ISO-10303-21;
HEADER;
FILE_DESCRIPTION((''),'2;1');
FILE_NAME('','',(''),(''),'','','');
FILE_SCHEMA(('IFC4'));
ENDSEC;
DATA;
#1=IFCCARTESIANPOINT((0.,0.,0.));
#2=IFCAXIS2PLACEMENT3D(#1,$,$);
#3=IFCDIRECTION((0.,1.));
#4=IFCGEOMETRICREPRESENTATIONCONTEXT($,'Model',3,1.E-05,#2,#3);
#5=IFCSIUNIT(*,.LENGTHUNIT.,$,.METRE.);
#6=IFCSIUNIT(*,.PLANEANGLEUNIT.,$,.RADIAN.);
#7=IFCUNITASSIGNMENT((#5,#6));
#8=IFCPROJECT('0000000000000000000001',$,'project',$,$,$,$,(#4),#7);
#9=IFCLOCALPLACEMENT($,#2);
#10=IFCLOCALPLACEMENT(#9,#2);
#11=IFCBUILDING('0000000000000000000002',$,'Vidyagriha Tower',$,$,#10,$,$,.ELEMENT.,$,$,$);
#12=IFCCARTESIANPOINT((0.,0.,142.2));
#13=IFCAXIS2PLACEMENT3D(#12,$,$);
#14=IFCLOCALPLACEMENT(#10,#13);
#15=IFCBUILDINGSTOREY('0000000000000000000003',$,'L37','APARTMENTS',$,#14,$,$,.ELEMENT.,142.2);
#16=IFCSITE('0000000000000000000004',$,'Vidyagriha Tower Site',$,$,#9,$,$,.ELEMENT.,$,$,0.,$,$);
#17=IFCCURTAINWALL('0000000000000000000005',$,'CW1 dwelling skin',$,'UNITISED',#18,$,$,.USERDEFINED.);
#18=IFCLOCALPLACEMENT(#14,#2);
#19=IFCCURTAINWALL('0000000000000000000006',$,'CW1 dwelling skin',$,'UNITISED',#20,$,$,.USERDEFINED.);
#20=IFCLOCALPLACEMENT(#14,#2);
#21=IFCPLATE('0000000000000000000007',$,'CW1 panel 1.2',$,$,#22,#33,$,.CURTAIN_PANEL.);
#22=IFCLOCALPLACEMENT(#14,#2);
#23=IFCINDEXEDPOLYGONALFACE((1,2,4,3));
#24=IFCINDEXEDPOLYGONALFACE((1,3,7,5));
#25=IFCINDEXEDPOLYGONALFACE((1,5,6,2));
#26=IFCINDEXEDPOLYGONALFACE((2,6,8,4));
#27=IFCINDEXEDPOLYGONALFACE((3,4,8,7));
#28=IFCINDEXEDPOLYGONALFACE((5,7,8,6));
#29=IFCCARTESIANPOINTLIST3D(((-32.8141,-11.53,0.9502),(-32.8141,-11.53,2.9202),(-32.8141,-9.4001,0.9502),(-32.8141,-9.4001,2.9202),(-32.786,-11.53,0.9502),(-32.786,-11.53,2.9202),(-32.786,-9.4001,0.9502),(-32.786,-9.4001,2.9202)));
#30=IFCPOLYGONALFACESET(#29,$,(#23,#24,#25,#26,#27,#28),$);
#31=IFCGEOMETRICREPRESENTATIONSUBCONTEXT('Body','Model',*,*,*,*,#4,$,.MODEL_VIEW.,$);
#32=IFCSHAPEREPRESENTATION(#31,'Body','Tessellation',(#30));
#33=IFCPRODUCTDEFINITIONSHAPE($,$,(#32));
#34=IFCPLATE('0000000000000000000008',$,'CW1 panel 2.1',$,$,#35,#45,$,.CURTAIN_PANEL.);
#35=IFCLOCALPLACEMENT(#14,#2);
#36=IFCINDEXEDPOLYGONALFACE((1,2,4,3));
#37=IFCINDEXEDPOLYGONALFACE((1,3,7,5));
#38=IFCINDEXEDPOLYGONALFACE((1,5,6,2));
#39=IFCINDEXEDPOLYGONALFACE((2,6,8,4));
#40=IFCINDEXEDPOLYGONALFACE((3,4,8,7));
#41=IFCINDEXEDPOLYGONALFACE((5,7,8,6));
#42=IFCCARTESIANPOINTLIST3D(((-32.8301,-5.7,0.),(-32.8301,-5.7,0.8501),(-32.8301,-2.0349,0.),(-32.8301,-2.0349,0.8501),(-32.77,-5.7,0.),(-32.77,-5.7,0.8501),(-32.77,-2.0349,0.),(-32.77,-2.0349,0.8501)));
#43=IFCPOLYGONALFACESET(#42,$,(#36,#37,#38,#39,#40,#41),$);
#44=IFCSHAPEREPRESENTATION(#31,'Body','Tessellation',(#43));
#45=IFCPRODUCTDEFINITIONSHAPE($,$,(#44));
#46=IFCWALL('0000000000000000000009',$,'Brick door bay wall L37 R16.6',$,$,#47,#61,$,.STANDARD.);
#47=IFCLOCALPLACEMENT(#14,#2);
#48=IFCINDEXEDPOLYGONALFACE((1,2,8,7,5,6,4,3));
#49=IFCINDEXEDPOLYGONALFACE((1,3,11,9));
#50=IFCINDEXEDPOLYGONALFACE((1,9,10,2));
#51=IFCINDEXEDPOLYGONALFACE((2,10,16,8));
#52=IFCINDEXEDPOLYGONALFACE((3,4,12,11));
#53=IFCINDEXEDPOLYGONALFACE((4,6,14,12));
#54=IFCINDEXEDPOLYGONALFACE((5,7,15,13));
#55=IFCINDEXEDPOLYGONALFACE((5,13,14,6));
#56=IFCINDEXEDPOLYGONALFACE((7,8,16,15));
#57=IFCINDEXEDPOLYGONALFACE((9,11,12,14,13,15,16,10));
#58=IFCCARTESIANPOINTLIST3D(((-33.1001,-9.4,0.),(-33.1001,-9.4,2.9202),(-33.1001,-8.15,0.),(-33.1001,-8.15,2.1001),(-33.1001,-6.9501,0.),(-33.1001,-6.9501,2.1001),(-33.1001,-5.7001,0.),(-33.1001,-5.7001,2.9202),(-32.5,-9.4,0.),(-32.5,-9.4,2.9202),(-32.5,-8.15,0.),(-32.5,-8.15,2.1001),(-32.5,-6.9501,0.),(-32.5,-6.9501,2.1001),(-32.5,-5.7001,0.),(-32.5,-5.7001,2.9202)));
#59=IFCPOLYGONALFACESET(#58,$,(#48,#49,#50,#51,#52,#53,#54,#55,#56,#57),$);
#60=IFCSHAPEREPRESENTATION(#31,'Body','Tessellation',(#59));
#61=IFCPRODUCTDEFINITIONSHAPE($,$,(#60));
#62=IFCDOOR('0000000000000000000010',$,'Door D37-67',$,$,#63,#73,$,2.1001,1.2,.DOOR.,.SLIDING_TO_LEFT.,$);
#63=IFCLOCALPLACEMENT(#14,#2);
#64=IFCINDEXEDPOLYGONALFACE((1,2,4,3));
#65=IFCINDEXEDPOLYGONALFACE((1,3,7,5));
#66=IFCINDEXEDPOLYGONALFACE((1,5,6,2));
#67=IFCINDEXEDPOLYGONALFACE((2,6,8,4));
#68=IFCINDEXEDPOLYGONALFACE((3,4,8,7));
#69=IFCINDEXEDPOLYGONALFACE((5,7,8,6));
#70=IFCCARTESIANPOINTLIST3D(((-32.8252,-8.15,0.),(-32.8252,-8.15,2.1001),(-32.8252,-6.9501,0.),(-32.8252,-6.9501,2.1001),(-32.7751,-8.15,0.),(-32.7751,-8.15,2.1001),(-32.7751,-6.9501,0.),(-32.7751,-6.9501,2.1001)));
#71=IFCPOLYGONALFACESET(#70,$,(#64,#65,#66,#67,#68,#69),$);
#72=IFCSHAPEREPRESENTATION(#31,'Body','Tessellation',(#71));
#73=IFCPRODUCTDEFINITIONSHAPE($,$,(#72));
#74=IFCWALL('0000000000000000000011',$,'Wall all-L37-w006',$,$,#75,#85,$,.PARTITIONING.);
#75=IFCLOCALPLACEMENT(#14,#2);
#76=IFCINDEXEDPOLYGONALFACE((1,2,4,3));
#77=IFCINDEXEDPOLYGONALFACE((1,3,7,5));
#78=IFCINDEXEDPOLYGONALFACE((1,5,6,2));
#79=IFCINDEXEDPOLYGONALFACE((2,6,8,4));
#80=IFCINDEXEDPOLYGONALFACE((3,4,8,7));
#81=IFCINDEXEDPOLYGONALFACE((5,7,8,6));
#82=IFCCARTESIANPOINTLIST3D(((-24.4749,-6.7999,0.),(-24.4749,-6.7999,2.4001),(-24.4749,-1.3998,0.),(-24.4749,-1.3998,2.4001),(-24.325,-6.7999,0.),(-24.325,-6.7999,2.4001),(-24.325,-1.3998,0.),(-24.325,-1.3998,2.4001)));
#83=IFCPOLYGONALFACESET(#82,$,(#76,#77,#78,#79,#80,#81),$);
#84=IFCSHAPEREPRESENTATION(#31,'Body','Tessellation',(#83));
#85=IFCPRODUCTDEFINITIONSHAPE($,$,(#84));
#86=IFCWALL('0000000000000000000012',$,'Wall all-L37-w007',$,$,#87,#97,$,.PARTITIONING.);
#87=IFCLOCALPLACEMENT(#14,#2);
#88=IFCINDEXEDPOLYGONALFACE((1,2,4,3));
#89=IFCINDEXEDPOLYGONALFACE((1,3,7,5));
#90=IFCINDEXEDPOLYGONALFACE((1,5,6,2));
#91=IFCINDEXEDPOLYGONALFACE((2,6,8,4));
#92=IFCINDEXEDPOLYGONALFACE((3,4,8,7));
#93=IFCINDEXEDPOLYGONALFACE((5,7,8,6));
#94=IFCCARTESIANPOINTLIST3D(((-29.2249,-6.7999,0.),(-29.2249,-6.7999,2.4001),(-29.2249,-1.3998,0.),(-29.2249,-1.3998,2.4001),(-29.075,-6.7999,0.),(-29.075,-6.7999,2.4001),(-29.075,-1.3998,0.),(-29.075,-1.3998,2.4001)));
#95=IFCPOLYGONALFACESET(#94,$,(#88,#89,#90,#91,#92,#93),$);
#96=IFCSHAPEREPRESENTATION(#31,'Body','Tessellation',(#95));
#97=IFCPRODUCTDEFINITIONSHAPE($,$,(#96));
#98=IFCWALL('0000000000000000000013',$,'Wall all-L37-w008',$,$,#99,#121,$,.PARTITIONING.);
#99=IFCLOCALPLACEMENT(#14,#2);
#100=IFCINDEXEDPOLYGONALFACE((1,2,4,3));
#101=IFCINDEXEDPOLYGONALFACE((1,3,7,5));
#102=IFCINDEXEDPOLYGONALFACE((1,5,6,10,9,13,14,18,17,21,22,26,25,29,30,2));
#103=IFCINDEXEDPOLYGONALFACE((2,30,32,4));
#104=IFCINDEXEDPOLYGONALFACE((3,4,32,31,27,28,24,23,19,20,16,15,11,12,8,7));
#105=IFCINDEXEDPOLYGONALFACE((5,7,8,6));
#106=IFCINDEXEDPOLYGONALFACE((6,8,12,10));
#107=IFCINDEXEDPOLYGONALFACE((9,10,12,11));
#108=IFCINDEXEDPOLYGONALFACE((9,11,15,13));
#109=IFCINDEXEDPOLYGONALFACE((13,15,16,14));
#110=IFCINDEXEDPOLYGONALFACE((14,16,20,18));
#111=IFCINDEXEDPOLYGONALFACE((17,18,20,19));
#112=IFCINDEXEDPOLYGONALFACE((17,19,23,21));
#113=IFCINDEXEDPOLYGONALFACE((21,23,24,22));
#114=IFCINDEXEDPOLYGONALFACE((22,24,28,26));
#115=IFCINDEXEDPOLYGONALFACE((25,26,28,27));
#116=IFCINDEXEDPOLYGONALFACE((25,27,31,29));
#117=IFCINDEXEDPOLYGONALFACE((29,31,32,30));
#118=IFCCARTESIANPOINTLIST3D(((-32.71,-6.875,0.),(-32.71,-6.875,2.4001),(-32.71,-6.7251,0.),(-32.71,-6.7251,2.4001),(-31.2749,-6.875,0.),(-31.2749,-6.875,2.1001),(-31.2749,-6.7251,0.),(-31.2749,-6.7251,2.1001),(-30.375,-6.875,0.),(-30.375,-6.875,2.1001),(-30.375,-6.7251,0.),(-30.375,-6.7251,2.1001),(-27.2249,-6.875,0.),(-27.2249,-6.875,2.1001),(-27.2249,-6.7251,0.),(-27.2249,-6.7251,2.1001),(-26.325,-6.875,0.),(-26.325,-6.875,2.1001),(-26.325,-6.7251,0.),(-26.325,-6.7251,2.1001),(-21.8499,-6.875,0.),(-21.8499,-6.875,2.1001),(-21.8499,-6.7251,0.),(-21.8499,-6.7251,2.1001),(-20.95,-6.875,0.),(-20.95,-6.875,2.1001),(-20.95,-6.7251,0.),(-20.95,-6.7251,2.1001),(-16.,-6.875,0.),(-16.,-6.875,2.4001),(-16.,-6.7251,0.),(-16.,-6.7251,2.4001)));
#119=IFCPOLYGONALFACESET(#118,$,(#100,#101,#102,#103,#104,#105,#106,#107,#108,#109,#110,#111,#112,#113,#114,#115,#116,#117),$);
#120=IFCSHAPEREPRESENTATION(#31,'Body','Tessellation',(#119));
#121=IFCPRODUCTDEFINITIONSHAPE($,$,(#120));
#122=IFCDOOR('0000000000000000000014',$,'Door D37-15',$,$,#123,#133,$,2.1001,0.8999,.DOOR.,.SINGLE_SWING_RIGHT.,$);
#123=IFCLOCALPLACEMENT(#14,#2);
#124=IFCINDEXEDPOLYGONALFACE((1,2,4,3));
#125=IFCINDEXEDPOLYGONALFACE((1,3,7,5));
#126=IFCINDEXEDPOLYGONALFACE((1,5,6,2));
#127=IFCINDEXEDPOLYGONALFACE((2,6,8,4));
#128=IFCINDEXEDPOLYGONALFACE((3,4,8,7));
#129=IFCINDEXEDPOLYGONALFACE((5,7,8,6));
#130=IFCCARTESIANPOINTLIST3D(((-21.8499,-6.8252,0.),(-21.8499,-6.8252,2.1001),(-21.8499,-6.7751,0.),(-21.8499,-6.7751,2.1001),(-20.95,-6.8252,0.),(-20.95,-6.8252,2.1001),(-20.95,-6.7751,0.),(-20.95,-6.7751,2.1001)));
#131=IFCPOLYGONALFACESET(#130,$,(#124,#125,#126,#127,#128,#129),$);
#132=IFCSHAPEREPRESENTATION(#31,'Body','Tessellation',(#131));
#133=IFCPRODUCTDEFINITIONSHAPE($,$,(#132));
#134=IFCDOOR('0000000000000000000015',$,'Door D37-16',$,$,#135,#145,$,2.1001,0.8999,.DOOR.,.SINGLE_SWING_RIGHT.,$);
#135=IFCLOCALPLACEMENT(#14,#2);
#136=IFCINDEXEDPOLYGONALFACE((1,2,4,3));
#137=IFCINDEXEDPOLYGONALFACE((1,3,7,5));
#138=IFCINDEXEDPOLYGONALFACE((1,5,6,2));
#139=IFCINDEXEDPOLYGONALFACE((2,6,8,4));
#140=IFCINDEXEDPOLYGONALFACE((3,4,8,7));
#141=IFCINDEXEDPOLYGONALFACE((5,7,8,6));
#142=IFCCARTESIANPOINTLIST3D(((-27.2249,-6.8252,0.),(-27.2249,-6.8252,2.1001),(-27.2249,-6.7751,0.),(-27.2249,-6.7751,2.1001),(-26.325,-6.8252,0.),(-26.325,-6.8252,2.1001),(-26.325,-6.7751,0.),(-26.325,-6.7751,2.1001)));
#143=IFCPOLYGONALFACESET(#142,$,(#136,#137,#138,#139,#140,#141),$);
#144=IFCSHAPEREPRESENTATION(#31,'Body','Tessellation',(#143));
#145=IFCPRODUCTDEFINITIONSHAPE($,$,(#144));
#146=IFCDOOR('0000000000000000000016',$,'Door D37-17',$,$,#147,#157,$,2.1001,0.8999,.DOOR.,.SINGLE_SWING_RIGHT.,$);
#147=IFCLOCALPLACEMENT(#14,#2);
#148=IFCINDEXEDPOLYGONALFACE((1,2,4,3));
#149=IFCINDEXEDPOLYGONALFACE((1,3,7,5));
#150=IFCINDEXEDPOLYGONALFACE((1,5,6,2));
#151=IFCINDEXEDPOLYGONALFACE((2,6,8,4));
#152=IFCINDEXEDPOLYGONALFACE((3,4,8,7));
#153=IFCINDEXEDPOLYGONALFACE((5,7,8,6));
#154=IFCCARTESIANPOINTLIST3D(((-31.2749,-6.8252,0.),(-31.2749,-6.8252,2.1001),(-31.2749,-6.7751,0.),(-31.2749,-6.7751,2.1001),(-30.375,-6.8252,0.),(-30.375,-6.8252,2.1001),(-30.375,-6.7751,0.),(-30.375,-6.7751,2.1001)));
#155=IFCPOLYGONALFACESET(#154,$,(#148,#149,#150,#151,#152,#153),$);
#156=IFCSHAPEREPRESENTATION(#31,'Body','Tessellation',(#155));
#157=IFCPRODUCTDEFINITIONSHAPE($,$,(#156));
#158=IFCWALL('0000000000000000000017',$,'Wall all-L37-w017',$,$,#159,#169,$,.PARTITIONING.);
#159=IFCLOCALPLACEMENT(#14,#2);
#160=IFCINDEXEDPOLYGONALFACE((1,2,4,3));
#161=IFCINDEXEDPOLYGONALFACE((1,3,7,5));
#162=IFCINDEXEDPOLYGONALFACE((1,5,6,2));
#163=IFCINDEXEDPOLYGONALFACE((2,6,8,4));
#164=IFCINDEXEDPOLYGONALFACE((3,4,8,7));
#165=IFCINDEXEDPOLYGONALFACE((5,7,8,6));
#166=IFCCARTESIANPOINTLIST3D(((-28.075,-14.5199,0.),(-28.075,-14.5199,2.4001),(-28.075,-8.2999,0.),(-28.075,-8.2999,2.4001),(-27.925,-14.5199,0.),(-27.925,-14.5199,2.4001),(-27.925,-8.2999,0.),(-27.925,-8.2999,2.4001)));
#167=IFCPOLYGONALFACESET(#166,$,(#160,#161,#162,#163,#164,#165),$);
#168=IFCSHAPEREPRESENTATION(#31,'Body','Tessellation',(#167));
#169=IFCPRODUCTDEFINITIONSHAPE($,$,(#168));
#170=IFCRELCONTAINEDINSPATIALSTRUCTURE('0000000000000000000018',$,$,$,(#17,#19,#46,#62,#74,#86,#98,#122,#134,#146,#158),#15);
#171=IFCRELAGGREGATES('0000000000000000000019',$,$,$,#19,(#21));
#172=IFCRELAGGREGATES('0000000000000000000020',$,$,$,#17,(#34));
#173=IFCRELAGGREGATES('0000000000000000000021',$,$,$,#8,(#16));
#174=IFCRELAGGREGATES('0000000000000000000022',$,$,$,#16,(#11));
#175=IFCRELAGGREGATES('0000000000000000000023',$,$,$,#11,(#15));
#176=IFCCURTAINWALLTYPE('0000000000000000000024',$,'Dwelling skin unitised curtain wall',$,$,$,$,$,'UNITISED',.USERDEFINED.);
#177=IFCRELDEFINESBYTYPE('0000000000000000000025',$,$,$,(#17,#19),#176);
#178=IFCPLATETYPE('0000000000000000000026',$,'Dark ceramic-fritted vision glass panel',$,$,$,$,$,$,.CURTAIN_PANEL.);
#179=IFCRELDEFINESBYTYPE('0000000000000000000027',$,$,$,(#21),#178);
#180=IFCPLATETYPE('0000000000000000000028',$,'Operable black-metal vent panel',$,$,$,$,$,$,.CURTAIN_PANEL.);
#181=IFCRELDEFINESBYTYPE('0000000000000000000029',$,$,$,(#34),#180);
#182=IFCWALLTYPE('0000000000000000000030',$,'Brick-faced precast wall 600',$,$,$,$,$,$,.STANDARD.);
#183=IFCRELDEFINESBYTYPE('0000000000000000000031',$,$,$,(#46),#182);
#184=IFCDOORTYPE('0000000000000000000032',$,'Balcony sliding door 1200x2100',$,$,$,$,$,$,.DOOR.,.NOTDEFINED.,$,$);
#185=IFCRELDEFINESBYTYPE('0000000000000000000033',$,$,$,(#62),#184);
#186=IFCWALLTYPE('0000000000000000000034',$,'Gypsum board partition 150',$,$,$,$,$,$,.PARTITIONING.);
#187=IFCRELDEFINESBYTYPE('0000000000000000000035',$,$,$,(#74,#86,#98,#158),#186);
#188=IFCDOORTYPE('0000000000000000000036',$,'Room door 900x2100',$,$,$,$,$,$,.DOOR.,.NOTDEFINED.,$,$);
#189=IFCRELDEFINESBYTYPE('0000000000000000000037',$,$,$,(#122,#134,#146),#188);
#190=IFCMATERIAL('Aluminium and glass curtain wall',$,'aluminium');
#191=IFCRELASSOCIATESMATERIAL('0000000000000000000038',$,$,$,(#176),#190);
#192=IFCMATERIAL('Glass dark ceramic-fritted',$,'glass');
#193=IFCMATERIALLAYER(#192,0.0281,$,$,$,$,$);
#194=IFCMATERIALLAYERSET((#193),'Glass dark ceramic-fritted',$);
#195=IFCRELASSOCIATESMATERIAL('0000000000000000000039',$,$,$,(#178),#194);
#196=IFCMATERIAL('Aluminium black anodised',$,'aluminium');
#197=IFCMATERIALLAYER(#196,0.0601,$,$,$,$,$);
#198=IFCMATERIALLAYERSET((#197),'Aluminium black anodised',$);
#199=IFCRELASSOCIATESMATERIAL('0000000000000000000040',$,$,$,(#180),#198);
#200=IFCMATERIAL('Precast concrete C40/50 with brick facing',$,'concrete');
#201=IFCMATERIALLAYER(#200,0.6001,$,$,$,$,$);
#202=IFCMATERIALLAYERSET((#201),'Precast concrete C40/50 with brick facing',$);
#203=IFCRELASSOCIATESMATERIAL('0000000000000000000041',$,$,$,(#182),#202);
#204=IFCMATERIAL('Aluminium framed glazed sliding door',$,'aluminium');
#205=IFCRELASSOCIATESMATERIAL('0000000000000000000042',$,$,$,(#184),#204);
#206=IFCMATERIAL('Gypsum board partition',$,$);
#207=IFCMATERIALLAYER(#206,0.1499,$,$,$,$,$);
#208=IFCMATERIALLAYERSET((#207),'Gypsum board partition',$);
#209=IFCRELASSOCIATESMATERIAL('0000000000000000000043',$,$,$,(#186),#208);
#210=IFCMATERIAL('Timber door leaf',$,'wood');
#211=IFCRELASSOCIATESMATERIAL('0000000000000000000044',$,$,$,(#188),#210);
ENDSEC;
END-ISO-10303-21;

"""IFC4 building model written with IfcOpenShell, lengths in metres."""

from ifc_helpers import new_model, si_unit, direction, frame, frame_2d, origin, origin_2d, place, context, subcontext, project, spatial, rectangle, extrude, material, layer, layer_set, type_object, element, fill, aggregate, save


model = new_model("IFC4")

# Units and contexts
model_context = context("Model", 3, precision=1e-05, world=origin(), true_north=direction((0.0, 1.0)))
body_context = subcontext(model_context, "Body", "Model", "MODEL_VIEW")
ifc_project = project(units=[si_unit("LENGTHUNIT", "METRE"), si_unit("PLANEANGLEUNIT", "RADIAN")], contexts=[model_context])

# Site, building, storey
site_placement = place(None, origin())
site = spatial("IfcSite", under=ifc_project, at=site_placement, Name="Vidyagriha Tower Site", CompositionType="ELEMENT", RefElevation=0.0)
building_placement = place(site_placement, origin())
building = spatial("IfcBuilding", under=site, at=building_placement, Name="Vidyagriha Tower", CompositionType="ELEMENT")
storey_placement = place(building_placement, frame((0.0, 0.0, 142.2)))
storey = spatial("IfcBuildingStorey", under=building, at=storey_placement, Name="L37", Description="APARTMENTS", CompositionType="ELEMENT", Elevation=142.2)

# Curtain wall
ifc_material_1 = material(Name="Aluminium and glass curtain wall", Category="aluminium")
curtain_wall_type = type_object("IfcCurtainWallType", Name="Dwelling skin unitised curtain wall", ElementType="UNITISED", PredefinedType="USERDEFINED", material=ifc_material_1)
curtain_wall_1_placement = place(storey_placement, origin())
curtain_wall_1 = element("IfcCurtainWall", 1, at=curtain_wall_1_placement, inside=storey, type_object=curtain_wall_type, Name="CW1 dwelling skin", ObjectType="UNITISED", PredefinedType="USERDEFINED")

# Curtain wall
curtain_wall_2_placement = place(storey_placement, origin())
curtain_wall_2 = element("IfcCurtainWall", 2, at=curtain_wall_2_placement, inside=storey, type_object=curtain_wall_type, Name="CW1 dwelling skin", ObjectType="UNITISED", PredefinedType="USERDEFINED")

# Plates
ifc_material_2 = material(Name="Glass dark ceramic-fritted", Category="glass")
ifc_layer_1 = layer(ifc_material_2, 0.0281)
ifc_layer_set_1 = layer_set([ifc_layer_1], Name="Glass dark ceramic-fritted")
plate_type_1 = type_object("IfcPlateType", Name="Dark ceramic-fritted vision glass panel", PredefinedType="CURTAIN_PANEL", material=ifc_layer_set_1)
plate_1_placement = place(storey_placement, frame((-32.8, -10.4651, 0.9502), z_axis=(0.0, 0.0, 1.0), x_axis=(0.0, -1.0, 0.0)))
plate_1 = element("IfcPlate", 3, at=plate_1_placement, type_object=plate_type_1, Name="CW1 panel 1.2", PredefinedType="CURTAIN_PANEL", context=body_context, shape_type="SweptSolid", body=[
    extrude(rectangle(XDim=2.1299, YDim=0.0281, at=origin_2d()), origin(), (0.0, 0.0, 1.0), 1.97),
])
aggregate(curtain_wall_2, [plate_1])
ifc_material_3 = material(Name="Aluminium black anodised", Category="aluminium")
ifc_layer_2 = layer(ifc_material_3, 0.0601)
ifc_layer_set_2 = layer_set([ifc_layer_2], Name="Aluminium black anodised")
plate_type_2 = type_object("IfcPlateType", Name="Operable black-metal vent panel", PredefinedType="CURTAIN_PANEL", material=ifc_layer_set_2)
plate_2_placement = place(storey_placement, frame((-32.8, -3.8674, 0.0), z_axis=(0.0, 0.0, 1.0), x_axis=(0.0, -1.0, 0.0)))
plate_2 = element("IfcPlate", 4, at=plate_2_placement, type_object=plate_type_2, Name="CW1 panel 2.1", PredefinedType="CURTAIN_PANEL", context=body_context, shape_type="SweptSolid", body=[
    extrude(rectangle(XDim=3.665, YDim=0.0601, at=origin_2d()), origin(), (0.0, 0.0, 1.0), 0.8501),
])
aggregate(curtain_wall_1, [plate_2])

# Wall, opening, door
ifc_material_4 = material(Name="Precast concrete C40/50 with brick facing", Category="concrete")
ifc_layer_3 = layer(ifc_material_4, 0.6001)
ifc_layer_set_3 = layer_set([ifc_layer_3], Name="Precast concrete C40/50 with brick facing")
wall_type_1 = type_object("IfcWallType", Name="Brick-faced precast wall 600", PredefinedType="STANDARD", material=ifc_layer_set_3)
wall_1_placement = place(storey_placement, frame((-32.8, -5.7, 0.0), z_axis=(0.0, 0.0, 1.0), x_axis=(0.0, -1.0, 0.0)))
wall_1 = element("IfcWall", 5, at=wall_1_placement, inside=storey, type_object=wall_type_1, Name="Brick door bay wall L37 R16.6", PredefinedType="STANDARD", context=body_context, shape_type="SweptSolid", body=[
    extrude(rectangle(XDim=3.7, YDim=0.6001, at=frame_2d((1.8501, 0.0))), origin(), (0.0, 0.0, 1.0), 2.9202),
])
opening_1_placement = place(wall_1_placement, frame((1.25, 0.0, 0.0)))
opening_1 = element("IfcOpeningElement", 6, at=opening_1_placement, cuts=wall_1, PredefinedType="OPENING", context=body_context, shape_type="SweptSolid", body=[
    extrude(rectangle(XDim=1.2, YDim=2.1001, at=frame_2d((0.6001, 1.05))), frame((0.0, 0.3101, 0.0), z_axis=(0.0, -1.0, 0.0), x_axis=(1.0, 0.0, 0.0)), (0.0, 0.0, 1.0), 0.6201),
])
ifc_material_5 = material(Name="Aluminium framed glazed sliding door", Category="aluminium")
door_type_1 = type_object("IfcDoorType", Name="Balcony sliding door 1200x2100", OperationType="NOTDEFINED", PredefinedType="DOOR", material=ifc_material_5)
door_1_placement = place(opening_1_placement, origin())
door_1 = element("IfcDoor", 7, at=door_1_placement, inside=storey, type_object=door_type_1, Name="Door D37-67", OperationType="SLIDING_TO_LEFT", OverallHeight=2.1001, OverallWidth=1.2, PredefinedType="DOOR", context=body_context, shape_type="SweptSolid", body=[
    extrude(rectangle(XDim=1.2, YDim=2.1001, at=frame_2d((0.6001, 1.05))), frame((0.0, 0.0249, 0.0), z_axis=(0.0, -1.0, 0.0), x_axis=(1.0, 0.0, 0.0)), (0.0, 0.0, 1.0), 0.05),
])
fill(opening_1, door_1)

# Walls
ifc_material_6 = material(Name="Gypsum board partition")
ifc_layer_4 = layer(ifc_material_6, 0.1499)
ifc_layer_set_4 = layer_set([ifc_layer_4], Name="Gypsum board partition")
wall_type_2 = type_object("IfcWallType", Name="Gypsum board partition 150", PredefinedType="PARTITIONING", material=ifc_layer_set_4)
for number, where, z_axis, x_axis, name in (
    (8, (-24.3999, -6.8, 0.0), (0.0, 0.0, 1.0), (0.0, 1.0, 0.0), "Wall all-L37-w006"),
    (9, (-29.1499, -6.8, 0.0), (0.0, 0.0, 1.0), (0.0, 1.0, 0.0), "Wall all-L37-w007"),
):
    element("IfcWall", number, at=place(storey_placement, frame(where, z_axis=z_axis, x_axis=x_axis)), inside=storey, type_object=wall_type_2, Name=name, PredefinedType="PARTITIONING", context=body_context, shape_type="SweptSolid", body=[
        extrude(rectangle(XDim=5.4001, YDim=0.1499, at=frame_2d((2.7002, 0.0))), origin(), (0.0, 0.0, 1.0), 2.4001),
    ])

# Wall, openings, doors
wall_2_placement = place(storey_placement, frame((-32.71, -6.8, 0.0)))
wall_2 = element("IfcWall", 10, at=wall_2_placement, inside=storey, type_object=wall_type_2, Name="Wall all-L37-w008", PredefinedType="PARTITIONING", context=body_context, shape_type="SweptSolid", body=[
    extrude(rectangle(XDim=16.71, YDim=0.1499, at=frame_2d((8.355, 0.0))), origin(), (0.0, 0.0, 1.0), 2.4001),
])
opening_2_placement = place(wall_2_placement, frame((10.8601, 0.0, 0.0)))
opening_2 = element("IfcOpeningElement", 11, at=opening_2_placement, cuts=wall_2, PredefinedType="OPENING", context=body_context, shape_type="SweptSolid", body=[
    extrude(rectangle(XDim=0.8999, YDim=2.1001, at=frame_2d((0.45, 1.05))), frame((0.0, 0.085, 0.0), z_axis=(0.0, -1.0, 0.0), x_axis=(1.0, 0.0, 0.0)), (0.0, 0.0, 1.0), 0.1699),
])
opening_3_placement = place(wall_2_placement, frame((5.4851, 0.0, 0.0)))
opening_3 = element("IfcOpeningElement", 12, at=opening_3_placement, cuts=wall_2, PredefinedType="OPENING", context=body_context, shape_type="SweptSolid", body=[
    extrude(rectangle(XDim=0.8999, YDim=2.1001, at=frame_2d((0.45, 1.05))), frame((0.0, 0.085, 0.0), z_axis=(0.0, -1.0, 0.0), x_axis=(1.0, 0.0, 0.0)), (0.0, 0.0, 1.0), 0.1699),
])
opening_4_placement = place(wall_2_placement, frame((1.4351, 0.0, 0.0)))
opening_4 = element("IfcOpeningElement", 13, at=opening_4_placement, cuts=wall_2, PredefinedType="OPENING", context=body_context, shape_type="SweptSolid", body=[
    extrude(rectangle(XDim=0.8999, YDim=2.1001, at=frame_2d((0.45, 1.05))), frame((0.0, 0.085, 0.0), z_axis=(0.0, -1.0, 0.0), x_axis=(1.0, 0.0, 0.0)), (0.0, 0.0, 1.0), 0.1699),
])
ifc_material_7 = material(Name="Timber door leaf", Category="wood")
door_type_2 = type_object("IfcDoorType", Name="Room door 900x2100", OperationType="NOTDEFINED", PredefinedType="DOOR", material=ifc_material_7)
door_2_placement = place(opening_2_placement, origin())
door_2 = element("IfcDoor", 14, at=door_2_placement, inside=storey, type_object=door_type_2, Name="Door D37-15", OperationType="SINGLE_SWING_RIGHT", OverallHeight=2.1001, OverallWidth=0.8999, PredefinedType="DOOR", context=body_context, shape_type="SweptSolid", body=[
    extrude(rectangle(XDim=0.8999, YDim=2.1001, at=frame_2d((0.45, 1.05))), frame((0.0, 0.0249, 0.0), z_axis=(0.0, -1.0, 0.0), x_axis=(1.0, 0.0, 0.0)), (0.0, 0.0, 1.0), 0.05),
])
fill(opening_2, door_2)
door_3_placement = place(opening_3_placement, origin())
door_3 = element("IfcDoor", 15, at=door_3_placement, inside=storey, type_object=door_type_2, Name="Door D37-16", OperationType="SINGLE_SWING_RIGHT", OverallHeight=2.1001, OverallWidth=0.8999, PredefinedType="DOOR", context=body_context, shape_type="SweptSolid", body=[
    extrude(rectangle(XDim=0.8999, YDim=2.1001, at=frame_2d((0.45, 1.05))), frame((0.0, 0.0249, 0.0), z_axis=(0.0, -1.0, 0.0), x_axis=(1.0, 0.0, 0.0)), (0.0, 0.0, 1.0), 0.05),
])
fill(opening_3, door_3)
door_4_placement = place(opening_4_placement, origin())
door_4 = element("IfcDoor", 16, at=door_4_placement, inside=storey, type_object=door_type_2, Name="Door D37-17", OperationType="SINGLE_SWING_RIGHT", OverallHeight=2.1001, OverallWidth=0.8999, PredefinedType="DOOR", context=body_context, shape_type="SweptSolid", body=[
    extrude(rectangle(XDim=0.8999, YDim=2.1001, at=frame_2d((0.45, 1.05))), frame((0.0, 0.0249, 0.0), z_axis=(0.0, -1.0, 0.0), x_axis=(1.0, 0.0, 0.0)), (0.0, 0.0, 1.0), 0.05),
])
fill(opening_4, door_4)

# Wall
wall_3_placement = place(storey_placement, frame((-28.0, -8.3, 0.0), z_axis=(0.0, 0.0, 1.0), x_axis=(0.0, -1.0, 0.0)))
element("IfcWall", 17, at=wall_3_placement, inside=storey, type_object=wall_type_2, Name="Wall all-L37-w017", PredefinedType="PARTITIONING", context=body_context, shape_type="SweptSolid", body=[
    extrude(rectangle(XDim=6.22, YDim=0.1499, at=frame_2d((3.1099, 0.0))), origin(), (0.0, 0.0, 1.0), 2.4001),
])

save(model, "model.ifc")
